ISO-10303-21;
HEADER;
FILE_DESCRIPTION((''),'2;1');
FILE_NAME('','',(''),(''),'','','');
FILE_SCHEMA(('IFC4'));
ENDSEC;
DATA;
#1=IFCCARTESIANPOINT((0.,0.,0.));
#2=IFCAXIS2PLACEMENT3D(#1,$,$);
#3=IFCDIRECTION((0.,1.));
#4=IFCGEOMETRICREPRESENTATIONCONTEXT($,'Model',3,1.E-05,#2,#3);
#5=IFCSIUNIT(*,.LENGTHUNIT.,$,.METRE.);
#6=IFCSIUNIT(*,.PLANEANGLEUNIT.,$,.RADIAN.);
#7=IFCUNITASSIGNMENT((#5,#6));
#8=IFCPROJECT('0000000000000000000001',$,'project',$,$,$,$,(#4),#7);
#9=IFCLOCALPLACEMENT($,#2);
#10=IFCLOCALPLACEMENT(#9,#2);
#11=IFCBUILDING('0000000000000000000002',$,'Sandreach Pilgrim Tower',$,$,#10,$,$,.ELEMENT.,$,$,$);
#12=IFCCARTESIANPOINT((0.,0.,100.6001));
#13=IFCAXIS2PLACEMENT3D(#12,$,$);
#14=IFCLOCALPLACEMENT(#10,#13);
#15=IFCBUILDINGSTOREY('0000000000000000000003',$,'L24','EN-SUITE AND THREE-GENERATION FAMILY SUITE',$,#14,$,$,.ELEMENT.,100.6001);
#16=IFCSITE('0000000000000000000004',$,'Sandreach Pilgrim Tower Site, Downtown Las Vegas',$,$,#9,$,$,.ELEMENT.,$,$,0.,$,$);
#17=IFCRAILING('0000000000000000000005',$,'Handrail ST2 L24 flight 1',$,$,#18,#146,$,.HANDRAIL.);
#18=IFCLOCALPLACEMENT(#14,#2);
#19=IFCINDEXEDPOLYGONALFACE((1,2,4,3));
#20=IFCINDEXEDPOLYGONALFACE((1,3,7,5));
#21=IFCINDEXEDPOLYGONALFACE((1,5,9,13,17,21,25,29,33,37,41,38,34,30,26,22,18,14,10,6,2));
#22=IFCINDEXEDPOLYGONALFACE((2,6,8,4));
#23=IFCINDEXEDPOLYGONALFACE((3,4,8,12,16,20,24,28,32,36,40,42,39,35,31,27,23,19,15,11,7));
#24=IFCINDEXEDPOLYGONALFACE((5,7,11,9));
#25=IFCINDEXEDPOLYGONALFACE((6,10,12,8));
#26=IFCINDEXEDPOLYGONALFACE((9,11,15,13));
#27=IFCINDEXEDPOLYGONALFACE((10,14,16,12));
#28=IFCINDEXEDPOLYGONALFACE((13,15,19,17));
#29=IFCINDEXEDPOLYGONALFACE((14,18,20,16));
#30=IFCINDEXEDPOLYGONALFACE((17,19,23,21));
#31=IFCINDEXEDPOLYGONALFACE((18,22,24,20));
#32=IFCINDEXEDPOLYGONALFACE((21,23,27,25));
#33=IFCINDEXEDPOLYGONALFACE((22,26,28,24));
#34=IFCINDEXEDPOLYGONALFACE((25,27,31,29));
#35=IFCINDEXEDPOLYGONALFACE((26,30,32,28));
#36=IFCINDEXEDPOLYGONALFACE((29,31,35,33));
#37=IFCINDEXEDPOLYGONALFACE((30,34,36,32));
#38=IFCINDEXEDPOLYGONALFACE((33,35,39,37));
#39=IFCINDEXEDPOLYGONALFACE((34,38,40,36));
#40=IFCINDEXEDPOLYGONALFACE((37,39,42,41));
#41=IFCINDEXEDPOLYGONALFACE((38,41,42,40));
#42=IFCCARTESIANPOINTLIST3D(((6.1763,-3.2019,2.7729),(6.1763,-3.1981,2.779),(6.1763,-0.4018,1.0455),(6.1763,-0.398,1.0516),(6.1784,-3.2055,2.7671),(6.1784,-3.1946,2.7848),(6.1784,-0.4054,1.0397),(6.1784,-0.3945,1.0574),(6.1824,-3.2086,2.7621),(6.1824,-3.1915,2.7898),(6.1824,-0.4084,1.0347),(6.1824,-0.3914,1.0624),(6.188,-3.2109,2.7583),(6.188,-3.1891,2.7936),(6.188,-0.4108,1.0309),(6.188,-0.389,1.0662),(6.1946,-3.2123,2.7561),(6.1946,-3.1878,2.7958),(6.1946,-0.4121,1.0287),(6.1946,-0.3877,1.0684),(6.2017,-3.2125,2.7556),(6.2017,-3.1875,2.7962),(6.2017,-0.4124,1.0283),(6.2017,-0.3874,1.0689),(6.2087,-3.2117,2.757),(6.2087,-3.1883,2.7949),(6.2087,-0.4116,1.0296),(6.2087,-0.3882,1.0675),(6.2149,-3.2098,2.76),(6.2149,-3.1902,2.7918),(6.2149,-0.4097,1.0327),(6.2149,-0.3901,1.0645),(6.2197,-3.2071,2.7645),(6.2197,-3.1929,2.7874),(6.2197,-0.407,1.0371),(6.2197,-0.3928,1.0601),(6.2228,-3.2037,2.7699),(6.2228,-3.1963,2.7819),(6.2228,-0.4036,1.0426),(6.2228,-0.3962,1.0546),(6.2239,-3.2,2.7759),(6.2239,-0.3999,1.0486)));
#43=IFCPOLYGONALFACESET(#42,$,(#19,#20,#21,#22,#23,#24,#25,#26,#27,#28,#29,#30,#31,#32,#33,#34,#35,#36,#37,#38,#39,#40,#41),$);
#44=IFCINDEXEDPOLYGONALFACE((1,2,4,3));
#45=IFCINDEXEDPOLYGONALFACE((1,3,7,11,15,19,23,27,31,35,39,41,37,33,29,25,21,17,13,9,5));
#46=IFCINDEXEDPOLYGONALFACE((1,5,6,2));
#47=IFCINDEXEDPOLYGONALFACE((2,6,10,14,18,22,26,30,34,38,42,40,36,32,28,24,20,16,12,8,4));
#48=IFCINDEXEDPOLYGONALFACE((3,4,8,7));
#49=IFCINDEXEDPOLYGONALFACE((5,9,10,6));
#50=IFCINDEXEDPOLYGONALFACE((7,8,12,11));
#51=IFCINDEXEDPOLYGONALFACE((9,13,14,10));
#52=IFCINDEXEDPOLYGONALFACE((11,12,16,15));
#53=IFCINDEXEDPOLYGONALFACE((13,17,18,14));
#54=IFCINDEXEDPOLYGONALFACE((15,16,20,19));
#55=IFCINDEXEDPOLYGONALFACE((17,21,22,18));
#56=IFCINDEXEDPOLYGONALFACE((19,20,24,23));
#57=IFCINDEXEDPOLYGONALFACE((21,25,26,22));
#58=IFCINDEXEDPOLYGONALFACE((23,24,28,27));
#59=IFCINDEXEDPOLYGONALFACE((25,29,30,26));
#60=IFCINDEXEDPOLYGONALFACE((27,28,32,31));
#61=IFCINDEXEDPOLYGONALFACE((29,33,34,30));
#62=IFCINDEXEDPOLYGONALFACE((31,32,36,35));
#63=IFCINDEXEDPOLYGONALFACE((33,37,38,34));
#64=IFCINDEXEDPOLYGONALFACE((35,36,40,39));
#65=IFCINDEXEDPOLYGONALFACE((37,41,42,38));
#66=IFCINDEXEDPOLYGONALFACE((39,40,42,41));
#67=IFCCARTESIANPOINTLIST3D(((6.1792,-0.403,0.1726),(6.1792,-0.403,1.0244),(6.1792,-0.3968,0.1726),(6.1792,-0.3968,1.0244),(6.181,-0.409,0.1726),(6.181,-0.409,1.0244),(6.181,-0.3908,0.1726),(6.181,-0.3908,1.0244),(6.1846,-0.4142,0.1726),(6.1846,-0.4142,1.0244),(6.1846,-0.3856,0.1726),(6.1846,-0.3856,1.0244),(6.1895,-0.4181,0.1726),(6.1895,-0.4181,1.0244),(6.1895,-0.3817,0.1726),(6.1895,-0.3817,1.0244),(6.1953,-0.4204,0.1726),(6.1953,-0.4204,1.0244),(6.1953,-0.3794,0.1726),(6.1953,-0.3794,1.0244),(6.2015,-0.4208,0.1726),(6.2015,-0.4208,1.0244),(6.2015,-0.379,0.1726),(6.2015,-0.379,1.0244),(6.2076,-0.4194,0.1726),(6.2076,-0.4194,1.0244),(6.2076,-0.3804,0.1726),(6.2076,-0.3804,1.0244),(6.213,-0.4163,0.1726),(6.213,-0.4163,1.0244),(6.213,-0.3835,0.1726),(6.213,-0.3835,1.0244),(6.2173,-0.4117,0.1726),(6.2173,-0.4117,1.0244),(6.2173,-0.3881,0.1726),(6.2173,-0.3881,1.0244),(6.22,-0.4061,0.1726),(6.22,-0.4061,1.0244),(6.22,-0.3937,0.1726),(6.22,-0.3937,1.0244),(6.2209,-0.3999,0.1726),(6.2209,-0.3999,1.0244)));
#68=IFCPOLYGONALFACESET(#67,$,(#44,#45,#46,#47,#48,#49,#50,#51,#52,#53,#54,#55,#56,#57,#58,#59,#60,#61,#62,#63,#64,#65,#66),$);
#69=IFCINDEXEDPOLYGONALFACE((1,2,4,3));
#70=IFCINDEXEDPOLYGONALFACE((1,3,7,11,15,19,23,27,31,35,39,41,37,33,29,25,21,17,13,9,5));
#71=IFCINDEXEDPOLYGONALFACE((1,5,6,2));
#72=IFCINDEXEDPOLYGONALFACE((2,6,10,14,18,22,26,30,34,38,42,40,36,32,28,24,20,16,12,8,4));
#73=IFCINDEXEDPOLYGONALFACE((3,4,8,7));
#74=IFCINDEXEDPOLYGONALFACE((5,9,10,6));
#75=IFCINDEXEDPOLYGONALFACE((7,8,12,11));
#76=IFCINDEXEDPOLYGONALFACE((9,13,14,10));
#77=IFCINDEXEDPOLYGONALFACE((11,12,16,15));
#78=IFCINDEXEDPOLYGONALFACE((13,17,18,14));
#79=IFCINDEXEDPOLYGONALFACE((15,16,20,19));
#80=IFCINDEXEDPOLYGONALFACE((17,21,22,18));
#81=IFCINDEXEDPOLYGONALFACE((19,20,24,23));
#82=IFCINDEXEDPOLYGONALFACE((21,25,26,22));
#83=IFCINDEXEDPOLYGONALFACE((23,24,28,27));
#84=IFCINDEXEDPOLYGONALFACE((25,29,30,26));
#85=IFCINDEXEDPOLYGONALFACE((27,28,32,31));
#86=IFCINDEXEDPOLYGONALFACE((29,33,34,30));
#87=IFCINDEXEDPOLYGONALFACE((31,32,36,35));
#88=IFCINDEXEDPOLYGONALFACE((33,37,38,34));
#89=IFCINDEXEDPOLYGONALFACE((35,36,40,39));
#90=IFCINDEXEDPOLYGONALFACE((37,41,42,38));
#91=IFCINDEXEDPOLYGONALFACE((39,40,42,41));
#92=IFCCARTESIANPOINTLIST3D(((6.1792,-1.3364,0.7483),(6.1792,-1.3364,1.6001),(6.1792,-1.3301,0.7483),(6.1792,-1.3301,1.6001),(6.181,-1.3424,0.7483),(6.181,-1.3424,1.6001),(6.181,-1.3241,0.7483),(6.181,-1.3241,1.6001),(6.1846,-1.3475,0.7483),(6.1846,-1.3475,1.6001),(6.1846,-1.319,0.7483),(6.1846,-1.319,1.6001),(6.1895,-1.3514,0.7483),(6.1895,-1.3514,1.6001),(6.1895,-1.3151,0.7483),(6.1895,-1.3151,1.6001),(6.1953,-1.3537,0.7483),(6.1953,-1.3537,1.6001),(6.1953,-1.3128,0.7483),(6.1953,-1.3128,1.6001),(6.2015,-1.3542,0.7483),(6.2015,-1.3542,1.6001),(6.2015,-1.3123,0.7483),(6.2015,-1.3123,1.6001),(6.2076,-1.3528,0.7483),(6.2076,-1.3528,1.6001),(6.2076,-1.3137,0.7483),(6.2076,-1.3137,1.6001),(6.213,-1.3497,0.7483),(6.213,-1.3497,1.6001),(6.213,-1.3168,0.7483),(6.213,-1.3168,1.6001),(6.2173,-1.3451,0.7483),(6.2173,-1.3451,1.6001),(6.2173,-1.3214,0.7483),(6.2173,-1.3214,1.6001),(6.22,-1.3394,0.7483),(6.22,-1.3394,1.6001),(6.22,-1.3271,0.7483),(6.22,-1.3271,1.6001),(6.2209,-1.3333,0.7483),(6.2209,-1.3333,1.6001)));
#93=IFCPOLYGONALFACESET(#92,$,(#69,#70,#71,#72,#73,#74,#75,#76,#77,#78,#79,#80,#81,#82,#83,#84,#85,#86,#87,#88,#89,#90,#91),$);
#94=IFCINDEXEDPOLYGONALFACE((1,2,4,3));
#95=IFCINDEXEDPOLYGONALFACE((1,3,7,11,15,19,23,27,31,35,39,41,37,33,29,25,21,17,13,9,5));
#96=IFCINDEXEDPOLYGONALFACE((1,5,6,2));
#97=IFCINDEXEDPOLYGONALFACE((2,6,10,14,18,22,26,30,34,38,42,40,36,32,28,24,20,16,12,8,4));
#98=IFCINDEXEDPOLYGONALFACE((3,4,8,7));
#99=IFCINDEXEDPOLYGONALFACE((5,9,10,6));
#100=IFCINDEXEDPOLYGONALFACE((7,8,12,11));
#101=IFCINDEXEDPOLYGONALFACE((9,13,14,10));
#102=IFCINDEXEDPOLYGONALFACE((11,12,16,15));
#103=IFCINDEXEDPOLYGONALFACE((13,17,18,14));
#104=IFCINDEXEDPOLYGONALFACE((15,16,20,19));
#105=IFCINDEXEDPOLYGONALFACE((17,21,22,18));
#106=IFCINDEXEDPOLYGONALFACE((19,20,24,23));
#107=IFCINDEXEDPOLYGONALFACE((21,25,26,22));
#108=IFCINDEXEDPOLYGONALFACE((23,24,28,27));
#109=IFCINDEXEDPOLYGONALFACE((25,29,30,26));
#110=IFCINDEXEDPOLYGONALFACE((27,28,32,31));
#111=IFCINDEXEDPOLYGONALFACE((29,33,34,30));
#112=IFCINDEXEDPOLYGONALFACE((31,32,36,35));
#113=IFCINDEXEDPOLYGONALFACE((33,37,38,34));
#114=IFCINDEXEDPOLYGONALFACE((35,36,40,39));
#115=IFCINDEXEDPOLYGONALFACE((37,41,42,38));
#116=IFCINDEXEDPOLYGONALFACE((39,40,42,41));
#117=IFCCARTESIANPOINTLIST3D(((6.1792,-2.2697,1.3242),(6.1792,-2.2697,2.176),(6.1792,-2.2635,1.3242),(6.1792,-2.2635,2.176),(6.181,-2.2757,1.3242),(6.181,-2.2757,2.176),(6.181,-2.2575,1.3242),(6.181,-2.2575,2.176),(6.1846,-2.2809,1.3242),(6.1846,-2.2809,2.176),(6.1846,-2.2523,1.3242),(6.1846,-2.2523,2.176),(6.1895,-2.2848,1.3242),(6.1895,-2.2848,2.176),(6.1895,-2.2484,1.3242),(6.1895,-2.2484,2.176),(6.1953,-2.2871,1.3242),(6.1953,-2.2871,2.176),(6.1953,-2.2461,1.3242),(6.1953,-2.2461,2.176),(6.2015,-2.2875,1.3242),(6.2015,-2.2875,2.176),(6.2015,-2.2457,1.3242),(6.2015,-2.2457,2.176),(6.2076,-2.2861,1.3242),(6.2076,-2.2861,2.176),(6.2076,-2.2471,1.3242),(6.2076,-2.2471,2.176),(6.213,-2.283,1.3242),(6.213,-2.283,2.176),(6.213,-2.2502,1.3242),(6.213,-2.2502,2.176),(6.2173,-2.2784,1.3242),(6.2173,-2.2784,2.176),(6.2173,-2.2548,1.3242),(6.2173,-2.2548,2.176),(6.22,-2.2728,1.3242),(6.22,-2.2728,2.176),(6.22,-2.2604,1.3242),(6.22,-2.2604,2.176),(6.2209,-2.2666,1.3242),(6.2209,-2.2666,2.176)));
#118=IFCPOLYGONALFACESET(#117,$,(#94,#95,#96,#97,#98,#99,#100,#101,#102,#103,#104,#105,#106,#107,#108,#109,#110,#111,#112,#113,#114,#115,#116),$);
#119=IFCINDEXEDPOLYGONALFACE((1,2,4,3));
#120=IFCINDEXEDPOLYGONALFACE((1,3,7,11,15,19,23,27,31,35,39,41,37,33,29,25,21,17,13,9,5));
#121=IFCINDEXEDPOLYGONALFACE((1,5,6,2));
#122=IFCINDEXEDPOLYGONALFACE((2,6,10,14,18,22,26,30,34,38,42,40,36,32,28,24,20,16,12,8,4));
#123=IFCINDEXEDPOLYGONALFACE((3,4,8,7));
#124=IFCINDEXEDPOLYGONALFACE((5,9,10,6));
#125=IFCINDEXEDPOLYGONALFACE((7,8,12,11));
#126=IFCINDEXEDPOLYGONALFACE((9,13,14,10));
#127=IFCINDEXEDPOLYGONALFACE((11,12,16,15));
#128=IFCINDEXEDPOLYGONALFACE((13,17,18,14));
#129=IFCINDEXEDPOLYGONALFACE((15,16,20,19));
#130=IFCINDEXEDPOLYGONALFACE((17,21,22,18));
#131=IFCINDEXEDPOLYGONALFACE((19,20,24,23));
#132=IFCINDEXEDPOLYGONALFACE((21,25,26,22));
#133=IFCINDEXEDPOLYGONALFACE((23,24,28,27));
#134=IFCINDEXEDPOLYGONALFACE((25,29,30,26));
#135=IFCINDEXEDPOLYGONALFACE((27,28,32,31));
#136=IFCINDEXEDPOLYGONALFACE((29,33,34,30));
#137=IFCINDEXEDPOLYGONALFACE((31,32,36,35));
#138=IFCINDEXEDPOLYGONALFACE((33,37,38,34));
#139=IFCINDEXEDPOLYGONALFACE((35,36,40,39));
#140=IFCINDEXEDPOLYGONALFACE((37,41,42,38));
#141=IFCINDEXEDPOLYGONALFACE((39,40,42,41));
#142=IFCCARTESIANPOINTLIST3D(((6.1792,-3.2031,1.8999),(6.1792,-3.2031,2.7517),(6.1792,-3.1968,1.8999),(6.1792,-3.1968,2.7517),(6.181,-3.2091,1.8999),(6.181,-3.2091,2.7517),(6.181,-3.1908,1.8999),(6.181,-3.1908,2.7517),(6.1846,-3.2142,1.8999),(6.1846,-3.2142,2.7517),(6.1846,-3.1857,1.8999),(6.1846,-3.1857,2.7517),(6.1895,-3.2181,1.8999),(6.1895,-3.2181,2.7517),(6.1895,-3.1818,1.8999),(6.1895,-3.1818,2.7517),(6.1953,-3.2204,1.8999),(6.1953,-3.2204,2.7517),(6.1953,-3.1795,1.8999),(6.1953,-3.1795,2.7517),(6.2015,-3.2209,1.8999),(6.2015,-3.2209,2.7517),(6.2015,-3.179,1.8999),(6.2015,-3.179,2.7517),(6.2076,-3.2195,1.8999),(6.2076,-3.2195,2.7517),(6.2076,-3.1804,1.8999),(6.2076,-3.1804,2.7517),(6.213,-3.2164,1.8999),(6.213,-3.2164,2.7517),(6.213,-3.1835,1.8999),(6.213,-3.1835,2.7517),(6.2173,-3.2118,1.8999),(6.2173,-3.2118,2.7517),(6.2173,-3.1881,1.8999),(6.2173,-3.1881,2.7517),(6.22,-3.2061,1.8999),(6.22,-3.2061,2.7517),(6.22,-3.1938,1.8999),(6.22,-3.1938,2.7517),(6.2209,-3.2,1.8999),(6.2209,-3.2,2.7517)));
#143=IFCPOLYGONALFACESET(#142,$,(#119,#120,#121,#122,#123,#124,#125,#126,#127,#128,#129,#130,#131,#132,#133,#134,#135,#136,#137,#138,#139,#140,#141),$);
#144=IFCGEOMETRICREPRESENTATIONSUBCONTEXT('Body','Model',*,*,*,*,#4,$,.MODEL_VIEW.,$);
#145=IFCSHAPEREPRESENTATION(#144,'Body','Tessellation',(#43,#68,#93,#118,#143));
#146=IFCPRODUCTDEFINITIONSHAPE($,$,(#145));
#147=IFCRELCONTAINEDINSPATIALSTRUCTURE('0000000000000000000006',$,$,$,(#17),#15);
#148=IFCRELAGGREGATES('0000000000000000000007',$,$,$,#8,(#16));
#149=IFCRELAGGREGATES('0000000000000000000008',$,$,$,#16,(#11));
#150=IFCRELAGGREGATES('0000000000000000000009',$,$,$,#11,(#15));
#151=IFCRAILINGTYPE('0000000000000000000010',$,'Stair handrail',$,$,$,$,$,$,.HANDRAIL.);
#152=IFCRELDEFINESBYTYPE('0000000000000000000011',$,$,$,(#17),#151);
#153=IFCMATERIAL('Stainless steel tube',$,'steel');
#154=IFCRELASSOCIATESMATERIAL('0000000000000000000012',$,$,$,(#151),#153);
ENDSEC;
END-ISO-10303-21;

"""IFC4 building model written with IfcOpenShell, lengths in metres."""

from ifc_helpers import new_model, si_unit, direction, frame, origin, origin_2d, place, context, subcontext, project, spatial, circle, extrude, material, type_object, element, save


model = new_model("IFC4")

# Units and contexts
model_context = context("Model", 3, precision=1e-05, world=origin(), true_north=direction((0.0, 1.0)))
body_context = subcontext(model_context, "Body", "Model", "MODEL_VIEW")
ifc_project = project(units=[si_unit("LENGTHUNIT", "METRE"), si_unit("PLANEANGLEUNIT", "RADIAN")], contexts=[model_context])

# Site, building, storey
site_placement = place(None, origin())
site = spatial("IfcSite", under=ifc_project, at=site_placement, Name="Sandreach Pilgrim Tower Site, Downtown Las Vegas", CompositionType="ELEMENT", RefElevation=0.0)
building_placement = place(site_placement, origin())
building = spatial("IfcBuilding", under=site, at=building_placement, Name="Sandreach Pilgrim Tower", CompositionType="ELEMENT")
storey_placement = place(building_placement, frame((0.0, 0.0, 100.6001)))
storey = spatial("IfcBuildingStorey", under=building, at=storey_placement, Name="L24", Description="EN-SUITE AND THREE-GENERATION FAMILY SUITE", CompositionType="ELEMENT", Elevation=100.6001)

# Railing
ifc_material_1 = material(Name="Stainless steel tube", Category="steel")
railing_type = type_object("IfcRailingType", Name="Stair handrail", PredefinedType="HANDRAIL", material=ifc_material_1)
for number, where, name in (
    (1, (6.2, -0.3999, 0.1726), "Handrail ST2 L24 flight 1"),
):
    element("IfcRailing", number, at=place(storey_placement, frame(where)), inside=storey, type_object=railing_type, Name=name, PredefinedType="HANDRAIL", context=body_context, shape_type="SweptSolid", body=[
        extrude(circle(Radius=0.0239, at=origin_2d()), frame((0.0, 0.0, 0.876), z_axis=(0.0, -0.85109, 0.52502), x_axis=(1.0, 0.0, 0.0)), (0.0, 0.0, 1.0), 3.29),
        extrude(circle(Radius=0.021, at=origin_2d()), origin(), (0.0, 0.0, 1.0), 0.8518),
        extrude(circle(Radius=0.021, at=origin_2d()), frame((0.0, -0.9333, 0.5757)), (0.0, 0.0, 1.0), 0.8518),
        extrude(circle(Radius=0.021, at=origin_2d()), frame((0.0, -1.8667, 1.1516)), (0.0, 0.0, 1.0), 0.8518),
        extrude(circle(Radius=0.021, at=origin_2d()), frame((0.0, -2.8, 1.7273)), (0.0, 0.0, 1.0), 0.8518),
    ])

save(model, "model.ifc")
